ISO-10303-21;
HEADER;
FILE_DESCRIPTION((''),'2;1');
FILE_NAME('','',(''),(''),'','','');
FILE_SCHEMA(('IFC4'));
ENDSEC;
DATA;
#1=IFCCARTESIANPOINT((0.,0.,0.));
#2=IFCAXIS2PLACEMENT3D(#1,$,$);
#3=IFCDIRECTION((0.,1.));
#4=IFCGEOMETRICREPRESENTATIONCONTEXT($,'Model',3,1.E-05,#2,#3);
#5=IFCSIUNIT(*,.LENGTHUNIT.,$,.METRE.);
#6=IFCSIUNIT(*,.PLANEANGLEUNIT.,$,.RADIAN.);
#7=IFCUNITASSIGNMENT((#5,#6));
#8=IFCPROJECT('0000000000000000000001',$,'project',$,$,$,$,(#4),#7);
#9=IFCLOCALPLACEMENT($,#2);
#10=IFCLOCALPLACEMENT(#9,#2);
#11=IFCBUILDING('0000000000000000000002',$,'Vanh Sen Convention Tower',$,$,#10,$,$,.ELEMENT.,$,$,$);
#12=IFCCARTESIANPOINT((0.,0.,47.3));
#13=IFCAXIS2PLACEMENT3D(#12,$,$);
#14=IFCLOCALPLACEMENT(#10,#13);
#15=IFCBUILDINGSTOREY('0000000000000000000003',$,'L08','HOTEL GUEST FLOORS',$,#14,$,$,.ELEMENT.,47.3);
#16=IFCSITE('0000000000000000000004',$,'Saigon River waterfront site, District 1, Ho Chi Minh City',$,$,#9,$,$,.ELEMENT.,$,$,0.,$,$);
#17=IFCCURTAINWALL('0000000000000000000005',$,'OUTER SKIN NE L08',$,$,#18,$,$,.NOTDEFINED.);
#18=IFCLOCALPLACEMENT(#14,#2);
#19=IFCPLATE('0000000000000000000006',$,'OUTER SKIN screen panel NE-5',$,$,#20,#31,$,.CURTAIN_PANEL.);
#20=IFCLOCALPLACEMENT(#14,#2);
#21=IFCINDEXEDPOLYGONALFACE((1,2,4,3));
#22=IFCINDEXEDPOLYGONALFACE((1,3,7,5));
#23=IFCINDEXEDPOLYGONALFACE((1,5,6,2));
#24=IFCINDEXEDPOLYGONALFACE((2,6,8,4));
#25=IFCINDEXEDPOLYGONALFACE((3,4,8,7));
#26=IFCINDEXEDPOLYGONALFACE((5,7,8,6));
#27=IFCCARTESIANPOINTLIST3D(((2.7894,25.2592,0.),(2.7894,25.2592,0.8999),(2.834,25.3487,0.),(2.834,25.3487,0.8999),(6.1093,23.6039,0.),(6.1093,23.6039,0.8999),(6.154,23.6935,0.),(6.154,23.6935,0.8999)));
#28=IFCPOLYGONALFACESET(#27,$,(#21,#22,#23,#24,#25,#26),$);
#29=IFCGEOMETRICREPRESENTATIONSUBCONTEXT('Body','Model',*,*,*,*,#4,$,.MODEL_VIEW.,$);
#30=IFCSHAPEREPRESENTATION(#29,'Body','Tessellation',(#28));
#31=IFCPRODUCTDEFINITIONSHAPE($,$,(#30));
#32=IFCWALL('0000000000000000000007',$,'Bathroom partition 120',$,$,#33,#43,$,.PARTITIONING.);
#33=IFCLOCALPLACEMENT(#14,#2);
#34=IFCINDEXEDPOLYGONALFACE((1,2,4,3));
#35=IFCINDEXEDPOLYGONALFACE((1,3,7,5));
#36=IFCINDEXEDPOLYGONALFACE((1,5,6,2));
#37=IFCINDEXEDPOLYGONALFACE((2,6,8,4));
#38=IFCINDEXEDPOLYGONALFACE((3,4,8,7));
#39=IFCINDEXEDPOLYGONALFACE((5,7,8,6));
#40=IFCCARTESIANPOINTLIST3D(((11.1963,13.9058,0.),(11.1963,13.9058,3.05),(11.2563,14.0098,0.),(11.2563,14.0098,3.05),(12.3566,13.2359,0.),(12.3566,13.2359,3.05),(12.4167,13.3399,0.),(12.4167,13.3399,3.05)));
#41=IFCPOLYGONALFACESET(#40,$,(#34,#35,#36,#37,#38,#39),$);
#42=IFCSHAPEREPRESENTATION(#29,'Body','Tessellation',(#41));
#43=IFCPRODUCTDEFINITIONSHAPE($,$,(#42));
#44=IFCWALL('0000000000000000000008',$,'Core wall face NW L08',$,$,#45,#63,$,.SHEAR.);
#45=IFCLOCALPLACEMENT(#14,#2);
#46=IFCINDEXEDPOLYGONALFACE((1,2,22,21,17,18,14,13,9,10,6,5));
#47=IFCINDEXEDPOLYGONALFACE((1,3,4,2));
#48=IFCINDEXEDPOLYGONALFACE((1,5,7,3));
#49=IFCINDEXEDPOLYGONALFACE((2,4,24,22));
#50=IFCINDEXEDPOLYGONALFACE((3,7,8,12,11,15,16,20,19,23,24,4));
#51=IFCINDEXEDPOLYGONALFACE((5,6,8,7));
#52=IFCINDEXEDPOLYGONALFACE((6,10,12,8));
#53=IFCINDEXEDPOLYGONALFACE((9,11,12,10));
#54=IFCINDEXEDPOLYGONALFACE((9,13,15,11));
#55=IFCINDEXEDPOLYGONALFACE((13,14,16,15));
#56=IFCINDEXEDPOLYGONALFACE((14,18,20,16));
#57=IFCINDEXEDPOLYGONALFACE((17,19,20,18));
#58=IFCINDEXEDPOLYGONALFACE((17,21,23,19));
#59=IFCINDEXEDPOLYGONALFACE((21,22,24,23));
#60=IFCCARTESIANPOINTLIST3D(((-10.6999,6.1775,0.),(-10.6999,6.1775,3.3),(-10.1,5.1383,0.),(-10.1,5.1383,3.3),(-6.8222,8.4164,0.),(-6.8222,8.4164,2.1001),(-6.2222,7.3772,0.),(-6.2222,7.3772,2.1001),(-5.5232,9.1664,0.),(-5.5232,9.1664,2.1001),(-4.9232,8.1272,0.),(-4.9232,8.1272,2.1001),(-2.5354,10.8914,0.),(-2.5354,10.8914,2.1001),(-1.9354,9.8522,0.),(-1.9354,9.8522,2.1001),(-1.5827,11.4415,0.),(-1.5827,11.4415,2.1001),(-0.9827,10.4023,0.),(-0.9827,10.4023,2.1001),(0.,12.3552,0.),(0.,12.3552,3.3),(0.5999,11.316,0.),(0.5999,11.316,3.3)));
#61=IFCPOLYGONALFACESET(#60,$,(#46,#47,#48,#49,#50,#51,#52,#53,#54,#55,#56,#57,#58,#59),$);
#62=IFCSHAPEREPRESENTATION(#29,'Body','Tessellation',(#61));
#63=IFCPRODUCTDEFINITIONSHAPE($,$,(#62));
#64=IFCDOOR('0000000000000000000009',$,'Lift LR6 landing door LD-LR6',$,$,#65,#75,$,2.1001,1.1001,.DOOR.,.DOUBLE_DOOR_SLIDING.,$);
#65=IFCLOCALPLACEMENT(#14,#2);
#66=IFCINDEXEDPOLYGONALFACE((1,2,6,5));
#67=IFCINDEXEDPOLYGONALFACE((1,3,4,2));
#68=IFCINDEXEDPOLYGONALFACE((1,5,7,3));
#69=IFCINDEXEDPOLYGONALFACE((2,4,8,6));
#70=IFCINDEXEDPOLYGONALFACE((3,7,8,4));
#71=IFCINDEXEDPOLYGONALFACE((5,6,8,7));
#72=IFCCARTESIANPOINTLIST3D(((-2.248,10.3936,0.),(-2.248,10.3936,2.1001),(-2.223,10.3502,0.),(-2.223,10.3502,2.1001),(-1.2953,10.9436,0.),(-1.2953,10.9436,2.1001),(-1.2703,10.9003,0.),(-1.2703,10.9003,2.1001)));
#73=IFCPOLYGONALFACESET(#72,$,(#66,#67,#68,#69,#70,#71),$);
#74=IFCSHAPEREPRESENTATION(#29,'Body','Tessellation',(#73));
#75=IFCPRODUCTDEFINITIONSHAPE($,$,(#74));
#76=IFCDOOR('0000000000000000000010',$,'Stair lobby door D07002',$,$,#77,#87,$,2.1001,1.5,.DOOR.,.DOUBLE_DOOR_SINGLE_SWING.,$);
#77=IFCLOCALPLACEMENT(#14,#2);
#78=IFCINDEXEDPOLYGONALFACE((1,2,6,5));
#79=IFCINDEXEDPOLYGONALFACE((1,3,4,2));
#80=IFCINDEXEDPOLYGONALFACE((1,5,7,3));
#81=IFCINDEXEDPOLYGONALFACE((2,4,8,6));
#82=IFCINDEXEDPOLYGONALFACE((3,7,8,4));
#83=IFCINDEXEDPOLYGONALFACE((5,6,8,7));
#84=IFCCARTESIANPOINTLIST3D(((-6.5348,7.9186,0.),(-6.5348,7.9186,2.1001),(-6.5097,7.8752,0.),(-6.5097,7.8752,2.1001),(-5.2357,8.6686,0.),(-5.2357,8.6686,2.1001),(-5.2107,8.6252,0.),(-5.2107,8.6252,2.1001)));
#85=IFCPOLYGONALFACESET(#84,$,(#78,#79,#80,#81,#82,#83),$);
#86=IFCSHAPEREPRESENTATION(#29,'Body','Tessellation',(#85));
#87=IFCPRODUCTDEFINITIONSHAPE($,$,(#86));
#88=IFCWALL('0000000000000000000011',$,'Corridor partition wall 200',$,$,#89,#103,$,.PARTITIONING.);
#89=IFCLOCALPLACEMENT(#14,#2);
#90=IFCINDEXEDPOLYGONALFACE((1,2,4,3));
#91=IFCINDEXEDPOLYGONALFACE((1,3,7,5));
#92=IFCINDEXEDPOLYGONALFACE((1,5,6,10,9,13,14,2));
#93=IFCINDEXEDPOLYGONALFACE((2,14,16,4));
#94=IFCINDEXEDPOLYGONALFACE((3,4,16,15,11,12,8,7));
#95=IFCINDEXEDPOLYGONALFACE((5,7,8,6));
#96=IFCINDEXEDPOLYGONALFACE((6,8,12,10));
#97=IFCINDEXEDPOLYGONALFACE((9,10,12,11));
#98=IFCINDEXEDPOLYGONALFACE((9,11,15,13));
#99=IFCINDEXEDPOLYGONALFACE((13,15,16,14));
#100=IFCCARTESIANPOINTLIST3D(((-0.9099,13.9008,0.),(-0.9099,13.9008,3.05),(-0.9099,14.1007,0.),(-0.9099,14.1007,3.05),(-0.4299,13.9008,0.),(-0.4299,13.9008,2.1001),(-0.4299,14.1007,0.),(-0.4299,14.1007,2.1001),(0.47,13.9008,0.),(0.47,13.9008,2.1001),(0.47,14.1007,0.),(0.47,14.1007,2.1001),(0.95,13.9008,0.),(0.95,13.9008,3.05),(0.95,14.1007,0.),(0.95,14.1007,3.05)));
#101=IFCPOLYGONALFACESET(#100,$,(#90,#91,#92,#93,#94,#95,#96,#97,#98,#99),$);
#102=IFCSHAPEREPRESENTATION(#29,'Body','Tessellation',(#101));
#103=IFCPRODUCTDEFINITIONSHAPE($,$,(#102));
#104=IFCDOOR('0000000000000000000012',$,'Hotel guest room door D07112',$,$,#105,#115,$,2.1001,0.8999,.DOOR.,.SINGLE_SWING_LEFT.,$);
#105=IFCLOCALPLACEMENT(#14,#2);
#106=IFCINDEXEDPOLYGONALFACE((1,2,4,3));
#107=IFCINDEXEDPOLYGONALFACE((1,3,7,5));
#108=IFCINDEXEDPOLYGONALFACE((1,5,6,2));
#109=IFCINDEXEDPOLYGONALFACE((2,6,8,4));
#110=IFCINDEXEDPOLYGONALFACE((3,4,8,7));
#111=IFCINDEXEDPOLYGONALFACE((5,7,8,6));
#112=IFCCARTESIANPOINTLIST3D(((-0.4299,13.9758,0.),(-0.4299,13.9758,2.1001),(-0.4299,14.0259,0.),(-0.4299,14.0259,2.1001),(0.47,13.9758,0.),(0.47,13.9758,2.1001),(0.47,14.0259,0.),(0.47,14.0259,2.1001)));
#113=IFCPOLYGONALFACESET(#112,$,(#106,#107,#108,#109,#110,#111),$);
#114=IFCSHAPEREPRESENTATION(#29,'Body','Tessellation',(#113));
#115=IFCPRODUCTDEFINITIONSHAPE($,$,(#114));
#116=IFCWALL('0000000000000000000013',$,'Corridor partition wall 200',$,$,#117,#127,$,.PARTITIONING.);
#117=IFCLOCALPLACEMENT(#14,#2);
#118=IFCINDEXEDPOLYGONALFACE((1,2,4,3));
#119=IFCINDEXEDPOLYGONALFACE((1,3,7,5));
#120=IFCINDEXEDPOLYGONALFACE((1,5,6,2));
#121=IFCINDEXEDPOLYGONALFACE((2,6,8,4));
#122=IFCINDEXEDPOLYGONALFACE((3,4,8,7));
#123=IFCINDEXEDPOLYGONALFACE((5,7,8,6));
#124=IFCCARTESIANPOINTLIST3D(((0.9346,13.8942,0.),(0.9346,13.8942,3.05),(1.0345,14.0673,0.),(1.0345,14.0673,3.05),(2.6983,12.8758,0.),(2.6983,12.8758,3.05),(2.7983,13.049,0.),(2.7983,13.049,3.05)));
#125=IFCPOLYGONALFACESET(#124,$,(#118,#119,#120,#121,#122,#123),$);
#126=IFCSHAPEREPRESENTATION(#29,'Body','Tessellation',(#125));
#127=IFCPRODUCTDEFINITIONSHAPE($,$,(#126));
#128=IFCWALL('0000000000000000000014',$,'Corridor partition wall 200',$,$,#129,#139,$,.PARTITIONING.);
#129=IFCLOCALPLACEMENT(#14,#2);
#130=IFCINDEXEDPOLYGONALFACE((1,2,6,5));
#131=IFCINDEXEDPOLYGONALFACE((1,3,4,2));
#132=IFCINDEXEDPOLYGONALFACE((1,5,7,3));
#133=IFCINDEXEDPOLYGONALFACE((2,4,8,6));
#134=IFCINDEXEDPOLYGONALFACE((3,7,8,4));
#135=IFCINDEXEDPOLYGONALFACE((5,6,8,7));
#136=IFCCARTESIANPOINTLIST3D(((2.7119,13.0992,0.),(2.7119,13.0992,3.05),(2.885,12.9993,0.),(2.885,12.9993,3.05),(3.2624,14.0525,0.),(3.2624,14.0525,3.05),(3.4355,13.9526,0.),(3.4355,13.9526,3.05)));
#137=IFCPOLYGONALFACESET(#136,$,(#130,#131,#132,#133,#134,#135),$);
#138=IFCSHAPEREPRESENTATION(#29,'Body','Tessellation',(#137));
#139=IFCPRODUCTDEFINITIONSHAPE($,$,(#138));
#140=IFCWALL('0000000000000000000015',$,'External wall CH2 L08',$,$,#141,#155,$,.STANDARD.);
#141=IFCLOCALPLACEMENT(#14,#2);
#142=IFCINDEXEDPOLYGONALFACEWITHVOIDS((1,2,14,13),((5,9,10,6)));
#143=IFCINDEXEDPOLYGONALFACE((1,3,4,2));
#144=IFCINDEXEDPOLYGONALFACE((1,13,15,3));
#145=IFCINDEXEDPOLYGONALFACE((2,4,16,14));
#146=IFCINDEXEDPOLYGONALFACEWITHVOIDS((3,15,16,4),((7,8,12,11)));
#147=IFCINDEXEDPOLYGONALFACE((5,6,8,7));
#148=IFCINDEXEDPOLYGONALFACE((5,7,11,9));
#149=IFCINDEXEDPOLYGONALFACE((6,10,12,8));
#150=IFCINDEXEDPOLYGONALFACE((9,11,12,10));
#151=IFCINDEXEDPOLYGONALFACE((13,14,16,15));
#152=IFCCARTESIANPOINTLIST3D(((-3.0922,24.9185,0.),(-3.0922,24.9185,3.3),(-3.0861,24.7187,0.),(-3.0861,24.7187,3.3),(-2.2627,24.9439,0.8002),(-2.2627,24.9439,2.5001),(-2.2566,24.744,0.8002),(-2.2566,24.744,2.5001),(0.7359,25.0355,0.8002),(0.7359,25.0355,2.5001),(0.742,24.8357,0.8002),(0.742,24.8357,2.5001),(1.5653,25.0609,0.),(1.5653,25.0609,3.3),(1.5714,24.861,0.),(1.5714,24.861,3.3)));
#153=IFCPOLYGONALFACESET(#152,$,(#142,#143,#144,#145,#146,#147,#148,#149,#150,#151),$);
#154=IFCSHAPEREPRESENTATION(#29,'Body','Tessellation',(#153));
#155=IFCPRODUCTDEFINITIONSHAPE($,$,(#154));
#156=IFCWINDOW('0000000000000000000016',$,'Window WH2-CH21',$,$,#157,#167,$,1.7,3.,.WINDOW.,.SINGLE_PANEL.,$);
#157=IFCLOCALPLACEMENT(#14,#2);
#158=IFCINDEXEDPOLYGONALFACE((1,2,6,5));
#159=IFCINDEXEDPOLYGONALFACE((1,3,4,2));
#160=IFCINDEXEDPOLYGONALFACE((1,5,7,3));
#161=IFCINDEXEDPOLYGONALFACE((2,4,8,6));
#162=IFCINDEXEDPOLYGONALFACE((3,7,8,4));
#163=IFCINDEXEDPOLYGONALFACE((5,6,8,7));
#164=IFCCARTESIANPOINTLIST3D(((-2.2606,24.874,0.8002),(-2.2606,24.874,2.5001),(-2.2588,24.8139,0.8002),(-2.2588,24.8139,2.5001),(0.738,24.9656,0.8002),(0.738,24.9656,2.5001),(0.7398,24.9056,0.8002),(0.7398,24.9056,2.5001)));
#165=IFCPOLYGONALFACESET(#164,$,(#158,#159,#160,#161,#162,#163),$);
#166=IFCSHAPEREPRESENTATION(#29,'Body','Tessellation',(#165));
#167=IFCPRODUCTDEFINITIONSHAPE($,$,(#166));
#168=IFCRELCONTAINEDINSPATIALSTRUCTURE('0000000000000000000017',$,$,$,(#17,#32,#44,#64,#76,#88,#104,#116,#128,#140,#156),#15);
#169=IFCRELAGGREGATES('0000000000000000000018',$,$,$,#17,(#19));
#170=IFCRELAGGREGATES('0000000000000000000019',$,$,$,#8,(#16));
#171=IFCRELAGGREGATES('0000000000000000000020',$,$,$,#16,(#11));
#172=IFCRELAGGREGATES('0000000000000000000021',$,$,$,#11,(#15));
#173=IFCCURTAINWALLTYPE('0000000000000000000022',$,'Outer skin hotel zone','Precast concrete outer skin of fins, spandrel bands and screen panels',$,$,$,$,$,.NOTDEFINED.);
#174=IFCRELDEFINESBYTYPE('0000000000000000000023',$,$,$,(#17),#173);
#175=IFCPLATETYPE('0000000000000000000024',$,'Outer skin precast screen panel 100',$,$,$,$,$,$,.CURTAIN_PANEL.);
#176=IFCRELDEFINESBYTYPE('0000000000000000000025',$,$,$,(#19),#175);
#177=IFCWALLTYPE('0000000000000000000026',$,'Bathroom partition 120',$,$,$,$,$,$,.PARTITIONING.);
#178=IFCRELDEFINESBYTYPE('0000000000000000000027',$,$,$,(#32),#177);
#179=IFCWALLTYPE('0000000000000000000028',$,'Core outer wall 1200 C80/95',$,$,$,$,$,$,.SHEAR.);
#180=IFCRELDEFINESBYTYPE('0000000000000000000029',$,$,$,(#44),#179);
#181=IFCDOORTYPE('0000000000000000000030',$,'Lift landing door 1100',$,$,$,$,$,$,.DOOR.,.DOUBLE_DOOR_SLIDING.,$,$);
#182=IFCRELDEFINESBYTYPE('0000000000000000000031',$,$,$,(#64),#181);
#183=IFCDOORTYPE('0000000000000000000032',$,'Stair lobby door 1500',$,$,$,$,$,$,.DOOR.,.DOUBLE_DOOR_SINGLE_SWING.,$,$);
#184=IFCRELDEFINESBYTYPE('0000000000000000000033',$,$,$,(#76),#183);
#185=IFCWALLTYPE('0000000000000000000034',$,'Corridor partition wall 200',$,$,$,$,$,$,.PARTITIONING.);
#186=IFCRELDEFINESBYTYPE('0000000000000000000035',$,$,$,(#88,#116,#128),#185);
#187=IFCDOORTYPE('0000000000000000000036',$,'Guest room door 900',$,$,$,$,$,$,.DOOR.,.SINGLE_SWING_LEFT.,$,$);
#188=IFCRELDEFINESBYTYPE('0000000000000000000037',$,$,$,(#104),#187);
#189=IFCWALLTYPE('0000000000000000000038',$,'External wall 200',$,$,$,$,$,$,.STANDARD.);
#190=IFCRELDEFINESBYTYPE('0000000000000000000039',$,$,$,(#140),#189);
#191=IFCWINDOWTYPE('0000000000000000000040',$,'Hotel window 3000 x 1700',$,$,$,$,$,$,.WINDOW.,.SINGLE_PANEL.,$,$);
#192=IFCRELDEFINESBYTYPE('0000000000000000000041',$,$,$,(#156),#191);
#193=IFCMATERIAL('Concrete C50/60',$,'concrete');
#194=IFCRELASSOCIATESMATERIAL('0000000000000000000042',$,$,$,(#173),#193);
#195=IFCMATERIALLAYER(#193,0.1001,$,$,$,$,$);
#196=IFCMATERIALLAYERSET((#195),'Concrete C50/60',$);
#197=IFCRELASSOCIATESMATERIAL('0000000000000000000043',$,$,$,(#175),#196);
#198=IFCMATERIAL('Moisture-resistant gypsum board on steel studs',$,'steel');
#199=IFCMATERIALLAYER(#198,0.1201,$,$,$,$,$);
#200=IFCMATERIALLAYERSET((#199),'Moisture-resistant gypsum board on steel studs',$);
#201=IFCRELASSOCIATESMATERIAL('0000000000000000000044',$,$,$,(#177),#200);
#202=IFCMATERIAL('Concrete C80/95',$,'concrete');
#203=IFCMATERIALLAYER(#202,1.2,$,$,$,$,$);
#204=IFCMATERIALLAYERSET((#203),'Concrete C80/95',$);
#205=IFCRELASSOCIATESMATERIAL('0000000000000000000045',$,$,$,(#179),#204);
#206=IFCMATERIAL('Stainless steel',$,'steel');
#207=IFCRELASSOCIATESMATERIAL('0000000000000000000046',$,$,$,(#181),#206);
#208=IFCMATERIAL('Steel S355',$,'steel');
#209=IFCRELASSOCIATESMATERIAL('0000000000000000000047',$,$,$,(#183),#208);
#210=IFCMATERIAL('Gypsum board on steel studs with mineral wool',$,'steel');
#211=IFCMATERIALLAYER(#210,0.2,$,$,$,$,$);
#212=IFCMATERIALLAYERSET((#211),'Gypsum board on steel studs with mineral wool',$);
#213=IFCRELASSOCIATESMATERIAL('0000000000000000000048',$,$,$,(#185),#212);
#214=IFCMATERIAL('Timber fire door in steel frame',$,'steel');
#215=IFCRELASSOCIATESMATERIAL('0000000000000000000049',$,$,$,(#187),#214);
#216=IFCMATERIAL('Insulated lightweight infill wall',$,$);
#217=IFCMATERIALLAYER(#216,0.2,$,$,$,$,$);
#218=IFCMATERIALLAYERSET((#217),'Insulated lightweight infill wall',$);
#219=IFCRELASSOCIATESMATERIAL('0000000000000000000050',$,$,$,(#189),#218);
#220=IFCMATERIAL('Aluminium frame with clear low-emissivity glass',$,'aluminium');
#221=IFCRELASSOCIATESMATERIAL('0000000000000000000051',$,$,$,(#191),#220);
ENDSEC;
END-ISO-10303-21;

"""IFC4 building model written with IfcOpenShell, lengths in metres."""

from ifc_helpers import new_model, si_unit, direction, frame, frame_2d, origin, origin_2d, place, context, subcontext, project, spatial, rectangle, extrude, material, layer, layer_set, type_object, element, fill, aggregate, save


model = new_model("IFC4")

# Units and contexts
model_context = context("Model", 3, precision=1e-05, world=origin(), true_north=direction((0.0, 1.0)))
body_context = subcontext(model_context, "Body", "Model", "MODEL_VIEW")
ifc_project = project(units=[si_unit("LENGTHUNIT", "METRE"), si_unit("PLANEANGLEUNIT", "RADIAN")], contexts=[model_context])

# Site, building, storey
site_placement = place(None, origin())
site = spatial("IfcSite", under=ifc_project, at=site_placement, Name="Saigon River waterfront site, District 1, Ho Chi Minh City", CompositionType="ELEMENT", RefElevation=0.0)
building_placement = place(site_placement, origin())
building = spatial("IfcBuilding", under=site, at=building_placement, Name="Vanh Sen Convention Tower", CompositionType="ELEMENT")
storey_placement = place(building_placement, frame((0.0, 0.0, 47.3)))
storey = spatial("IfcBuildingStorey", under=building, at=storey_placement, Name="L08", Description="HOTEL GUEST FLOORS", CompositionType="ELEMENT", Elevation=47.3)

# Shared definitions
ifc_material_1 = material(Name="Concrete C80/95", Category="concrete")

# Curtain wall
ifc_material_2 = material(Name="Concrete C50/60", Category="concrete")
curtain_wall_type = type_object("IfcCurtainWallType", Name="Outer skin hotel zone", Description="Precast concrete outer skin of fins, spandrel bands and screen panels", PredefinedType="NOTDEFINED", material=ifc_material_2)
curtain_wall_1_placement = place(storey_placement, origin())
curtain_wall_1 = element("IfcCurtainWall", 1, at=curtain_wall_1_placement, inside=storey, type_object=curtain_wall_type, Name="OUTER SKIN NE L08", PredefinedType="NOTDEFINED")

# Plate
ifc_layer_1 = layer(ifc_material_2, 0.1001)
ifc_layer_set_1 = layer_set([ifc_layer_1], Name="Concrete C50/60")
plate_type = type_object("IfcPlateType", Name="Outer skin precast screen panel 100", PredefinedType="CURTAIN_PANEL", material=ifc_layer_set_1)
plate_1_placement = place(storey_placement, frame((4.4717, 24.4763, 0.0), z_axis=(0.0, 0.0, 1.0), x_axis=(-0.894935, 0.446196, 0.0)))
plate_1 = element("IfcPlate", 2, at=plate_1_placement, type_object=plate_type, Name="OUTER SKIN screen panel NE-5", PredefinedType="CURTAIN_PANEL", context=body_context, shape_type="SweptSolid", body=[
    extrude(rectangle(XDim=3.7097, YDim=0.1001, at=origin_2d()), origin(), (0.0, 0.0, 1.0), 0.8999),
])
aggregate(curtain_wall_1, [plate_1])

# Wall
ifc_material_3 = material(Name="Moisture-resistant gypsum board on steel studs", Category="steel")
ifc_layer_2 = layer(ifc_material_3, 0.1201)
ifc_layer_set_2 = layer_set([ifc_layer_2], Name="Moisture-resistant gypsum board on steel studs")
wall_type_1 = type_object("IfcWallType", Name="Bathroom partition 120", PredefinedType="PARTITIONING", material=ifc_layer_set_2)
wall_1_placement = place(storey_placement, frame((11.2263, 13.9578, 0.0), z_axis=(0.0, 0.0, 1.0), x_axis=(0.866037, -0.49998, 0.0)))
element("IfcWall", 3, at=wall_1_placement, inside=storey, type_object=wall_type_1, Name="Bathroom partition 120", PredefinedType="PARTITIONING", context=body_context, shape_type="SweptSolid", body=[
    extrude(rectangle(XDim=1.3398, YDim=0.1201, at=frame_2d((0.6699, 0.0))), origin(), (0.0, 0.0, 1.0), 3.05),
])

# Wall, openings, doors
ifc_layer_3 = layer(ifc_material_1, 1.2)
ifc_layer_set_3 = layer_set([ifc_layer_3], Name="Concrete C80/95")
wall_type_2 = type_object("IfcWallType", Name="Core outer wall 1200 C80/95", PredefinedType="SHEAR", material=ifc_layer_set_3)
wall_2_placement = place(storey_placement, frame((0.3, 11.8357, 0.0), z_axis=(0.0, 0.0, 1.0), x_axis=(-0.866021, -0.500007, 0.0)))
wall_2 = element("IfcWall", 4, at=wall_2_placement, inside=storey, type_object=wall_type_2, Name="Core wall face NW L08", PredefinedType="SHEAR", context=body_context, shape_type="SweptSolid", body=[
    extrude(rectangle(XDim=12.3552, YDim=1.2, at=frame_2d((6.1777, 0.0))), origin(), (0.0, 0.0, 1.0), 3.3),
])
opening_1_placement = place(wall_2_placement, frame((6.3777, 0.0, 0.0)))
opening_1 = element("IfcOpeningElement", 5, at=opening_1_placement, cuts=wall_2, PredefinedType="OPENING", context=body_context, shape_type="SweptSolid", body=[
    extrude(rectangle(XDim=1.5, YDim=2.1001, at=frame_2d((0.75, 1.05))), frame((0.0, 0.6099, 0.0), z_axis=(0.0, -1.0, 0.0), x_axis=(1.0, 0.0, 0.0)), (0.0, 0.0, 1.0), 1.22),
])
opening_2_placement = place(wall_2_placement, frame((1.8276, 0.0, 0.0)))
opening_2 = element("IfcOpeningElement", 6, at=opening_2_placement, cuts=wall_2, PredefinedType="OPENING", context=body_context, shape_type="SweptSolid", body=[
    extrude(rectangle(XDim=1.1001, YDim=2.1001, at=frame_2d((0.55, 1.05))), frame((0.0, 0.6099, 0.0), z_axis=(0.0, -1.0, 0.0), x_axis=(1.0, 0.0, 0.0)), (0.0, 0.0, 1.0), 1.22),
])
ifc_material_4 = material(Name="Stainless steel", Category="steel")
door_type_1 = type_object("IfcDoorType", Name="Lift landing door 1100", OperationType="DOUBLE_DOOR_SLIDING", PredefinedType="DOOR", material=ifc_material_4)
door_1_placement = place(opening_2_placement, origin())
door_1 = element("IfcDoor", 7, at=door_1_placement, inside=storey, type_object=door_type_1, Name="Lift LR6 landing door LD-LR6", OperationType="DOUBLE_DOOR_SLIDING", OverallHeight=2.1001, OverallWidth=1.1001, PredefinedType="DOOR", context=body_context, shape_type="SweptSolid", body=[
    extrude(rectangle(XDim=1.1001, YDim=2.1001, at=frame_2d((0.55, 1.05))), frame((0.0, 0.0249, 0.0), z_axis=(0.0, -1.0, 0.0), x_axis=(1.0, 0.0, 0.0)), (0.0, 0.0, 1.0), 0.05),
])
fill(opening_2, door_1)
ifc_material_5 = material(Name="Steel S355", Category="steel")
door_type_2 = type_object("IfcDoorType", Name="Stair lobby door 1500", OperationType="DOUBLE_DOOR_SINGLE_SWING", PredefinedType="DOOR", material=ifc_material_5)
door_2_placement = place(opening_1_placement, origin())
door_2 = element("IfcDoor", 8, at=door_2_placement, inside=storey, type_object=door_type_2, Name="Stair lobby door D07002", OperationType="DOUBLE_DOOR_SINGLE_SWING", OverallHeight=2.1001, OverallWidth=1.5, PredefinedType="DOOR", context=body_context, shape_type="SweptSolid", body=[
    extrude(rectangle(XDim=1.5, YDim=2.1001, at=frame_2d((0.75, 1.05))), frame((0.0, 0.0249, 0.0), z_axis=(0.0, -1.0, 0.0), x_axis=(1.0, 0.0, 0.0)), (0.0, 0.0, 1.0), 0.05),
])
fill(opening_1, door_2)

# Wall, opening, door
ifc_material_6 = material(Name="Gypsum board on steel studs with mineral wool", Category="steel")
ifc_layer_4 = layer(ifc_material_6, 0.2)
ifc_layer_set_4 = layer_set([ifc_layer_4], Name="Gypsum board on steel studs with mineral wool")
wall_type_3 = type_object("IfcWallType", Name="Corridor partition wall 200", PredefinedType="PARTITIONING", material=ifc_layer_set_4)
wall_3_placement = place(storey_placement, frame((0.95, 14.0007, 0.0), z_axis=(0.0, 0.0, 1.0), x_axis=(-1.0, 0.0, 0.0)))
wall_3 = element("IfcWall", 9, at=wall_3_placement, inside=storey, type_object=wall_type_3, Name="Corridor partition wall 200", PredefinedType="PARTITIONING", context=body_context, shape_type="SweptSolid", body=[
    extrude(rectangle(XDim=1.8599, YDim=0.2, at=frame_2d((0.9299, 0.0))), origin(), (0.0, 0.0, 1.0), 3.05),
])
opening_3_placement = place(wall_3_placement, frame((0.48, 0.0, 0.0)))
opening_3 = element("IfcOpeningElement", 10, at=opening_3_placement, cuts=wall_3, PredefinedType="OPENING", context=body_context, shape_type="SweptSolid", body=[
    extrude(rectangle(XDim=0.8999, YDim=2.1001, at=frame_2d((0.45, 1.05))), frame((0.0, 0.1099, 0.0), z_axis=(0.0, -1.0, 0.0), x_axis=(1.0, 0.0, 0.0)), (0.0, 0.0, 1.0), 0.22),
])
ifc_material_7 = material(Name="Timber fire door in steel frame", Category="steel")
door_type_3 = type_object("IfcDoorType", Name="Guest room door 900", OperationType="SINGLE_SWING_LEFT", PredefinedType="DOOR", material=ifc_material_7)
door_3_placement = place(opening_3_placement, origin())
door_3 = element("IfcDoor", 11, at=door_3_placement, inside=storey, type_object=door_type_3, Name="Hotel guest room door D07112", OperationType="SINGLE_SWING_LEFT", OverallHeight=2.1001, OverallWidth=0.8999, PredefinedType="DOOR", context=body_context, shape_type="SweptSolid", body=[
    extrude(rectangle(XDim=0.8999, YDim=2.1001, at=frame_2d((0.45, 1.05))), frame((0.0, 0.0249, 0.0), z_axis=(0.0, -1.0, 0.0), x_axis=(1.0, 0.0, 0.0)), (0.0, 0.0, 1.0), 0.05),
])
fill(opening_3, door_3)

# Walls
wall_4_placement = place(storey_placement, frame((2.7483, 12.9624, 0.0), z_axis=(0.0, 0.0, 1.0), x_axis=(-0.866014, 0.50002, 0.0)))
element("IfcWall", 12, at=wall_4_placement, inside=storey, type_object=wall_type_3, Name="Corridor partition wall 200", PredefinedType="PARTITIONING", context=body_context, shape_type="SweptSolid", body=[
    extrude(rectangle(XDim=2.0366, YDim=0.2, at=frame_2d((1.0183, 0.0))), origin(), (0.0, 0.0, 1.0), 3.05),
])
wall_5_placement = place(storey_placement, frame((3.3489, 14.0024, 0.0), z_axis=(0.0, 0.0, 1.0), x_axis=(-0.500074, -0.865982, 0.0)))
element("IfcWall", 13, at=wall_5_placement, inside=storey, type_object=wall_type_3, Name="Corridor partition wall 200", PredefinedType="PARTITIONING", context=body_context, shape_type="SweptSolid", body=[
    extrude(rectangle(XDim=1.1008, YDim=0.2, at=frame_2d((0.5503, 0.0))), origin(), (0.0, 0.0, 1.0), 3.05),
])

# Wall, opening, window
ifc_material_8 = material(Name="Insulated lightweight infill wall")
ifc_layer_5 = layer(ifc_material_8, 0.2)
ifc_layer_set_5 = layer_set([ifc_layer_5], Name="Insulated lightweight infill wall")
wall_type_4 = type_object("IfcWallType", Name="External wall 200", PredefinedType="STANDARD", material=ifc_layer_set_5)
wall_6_placement = place(storey_placement, frame((1.5684, 24.9609, 0.0), z_axis=(0.0, 0.0, 1.0), x_axis=(-0.999533, -0.030546, 0.0)))
wall_6 = element("IfcWall", 14, at=wall_6_placement, inside=storey, type_object=wall_type_4, Name="External wall CH2 L08", PredefinedType="STANDARD", context=body_context, shape_type="SweptSolid", body=[
    extrude(rectangle(XDim=4.6597, YDim=0.2, at=frame_2d((2.3298, 0.0))), origin(), (0.0, 0.0, 1.0), 3.3),
])
opening_4_placement = place(wall_6_placement, frame((0.8298, 0.0, 0.8)))
opening_4 = element("IfcOpeningElement", 15, at=opening_4_placement, cuts=wall_6, PredefinedType="OPENING", context=body_context, shape_type="SweptSolid", body=[
    extrude(rectangle(XDim=3.0, YDim=1.7, at=frame_2d((1.5, 0.8501))), frame((0.0, 0.1099, 0.0), z_axis=(0.0, -1.0, 0.0), x_axis=(1.0, 0.0, 0.0)), (0.0, 0.0, 1.0), 0.22),
])
ifc_material_9 = material(Name="Aluminium frame with clear low-emissivity glass", Category="aluminium")
window_type = type_object("IfcWindowType", Name="Hotel window 3000 x 1700", PartitioningType="SINGLE_PANEL", PredefinedType="WINDOW", material=ifc_material_9)
window_placement = place(opening_4_placement, origin())
window = element("IfcWindow", 16, at=window_placement, inside=storey, type_object=window_type, Name="Window WH2-CH21", OverallHeight=1.7, OverallWidth=3.0, PartitioningType="SINGLE_PANEL", PredefinedType="WINDOW", context=body_context, shape_type="SweptSolid", body=[
    extrude(rectangle(XDim=3.0, YDim=1.7, at=frame_2d((1.5, 0.8501))), frame((0.0, 0.03, 0.0), z_axis=(0.0, -1.0, 0.0), x_axis=(1.0, 0.0, 0.0)), (0.0, 0.0, 1.0), 0.0601),
])
fill(opening_4, window)

save(model, "model.ifc")
